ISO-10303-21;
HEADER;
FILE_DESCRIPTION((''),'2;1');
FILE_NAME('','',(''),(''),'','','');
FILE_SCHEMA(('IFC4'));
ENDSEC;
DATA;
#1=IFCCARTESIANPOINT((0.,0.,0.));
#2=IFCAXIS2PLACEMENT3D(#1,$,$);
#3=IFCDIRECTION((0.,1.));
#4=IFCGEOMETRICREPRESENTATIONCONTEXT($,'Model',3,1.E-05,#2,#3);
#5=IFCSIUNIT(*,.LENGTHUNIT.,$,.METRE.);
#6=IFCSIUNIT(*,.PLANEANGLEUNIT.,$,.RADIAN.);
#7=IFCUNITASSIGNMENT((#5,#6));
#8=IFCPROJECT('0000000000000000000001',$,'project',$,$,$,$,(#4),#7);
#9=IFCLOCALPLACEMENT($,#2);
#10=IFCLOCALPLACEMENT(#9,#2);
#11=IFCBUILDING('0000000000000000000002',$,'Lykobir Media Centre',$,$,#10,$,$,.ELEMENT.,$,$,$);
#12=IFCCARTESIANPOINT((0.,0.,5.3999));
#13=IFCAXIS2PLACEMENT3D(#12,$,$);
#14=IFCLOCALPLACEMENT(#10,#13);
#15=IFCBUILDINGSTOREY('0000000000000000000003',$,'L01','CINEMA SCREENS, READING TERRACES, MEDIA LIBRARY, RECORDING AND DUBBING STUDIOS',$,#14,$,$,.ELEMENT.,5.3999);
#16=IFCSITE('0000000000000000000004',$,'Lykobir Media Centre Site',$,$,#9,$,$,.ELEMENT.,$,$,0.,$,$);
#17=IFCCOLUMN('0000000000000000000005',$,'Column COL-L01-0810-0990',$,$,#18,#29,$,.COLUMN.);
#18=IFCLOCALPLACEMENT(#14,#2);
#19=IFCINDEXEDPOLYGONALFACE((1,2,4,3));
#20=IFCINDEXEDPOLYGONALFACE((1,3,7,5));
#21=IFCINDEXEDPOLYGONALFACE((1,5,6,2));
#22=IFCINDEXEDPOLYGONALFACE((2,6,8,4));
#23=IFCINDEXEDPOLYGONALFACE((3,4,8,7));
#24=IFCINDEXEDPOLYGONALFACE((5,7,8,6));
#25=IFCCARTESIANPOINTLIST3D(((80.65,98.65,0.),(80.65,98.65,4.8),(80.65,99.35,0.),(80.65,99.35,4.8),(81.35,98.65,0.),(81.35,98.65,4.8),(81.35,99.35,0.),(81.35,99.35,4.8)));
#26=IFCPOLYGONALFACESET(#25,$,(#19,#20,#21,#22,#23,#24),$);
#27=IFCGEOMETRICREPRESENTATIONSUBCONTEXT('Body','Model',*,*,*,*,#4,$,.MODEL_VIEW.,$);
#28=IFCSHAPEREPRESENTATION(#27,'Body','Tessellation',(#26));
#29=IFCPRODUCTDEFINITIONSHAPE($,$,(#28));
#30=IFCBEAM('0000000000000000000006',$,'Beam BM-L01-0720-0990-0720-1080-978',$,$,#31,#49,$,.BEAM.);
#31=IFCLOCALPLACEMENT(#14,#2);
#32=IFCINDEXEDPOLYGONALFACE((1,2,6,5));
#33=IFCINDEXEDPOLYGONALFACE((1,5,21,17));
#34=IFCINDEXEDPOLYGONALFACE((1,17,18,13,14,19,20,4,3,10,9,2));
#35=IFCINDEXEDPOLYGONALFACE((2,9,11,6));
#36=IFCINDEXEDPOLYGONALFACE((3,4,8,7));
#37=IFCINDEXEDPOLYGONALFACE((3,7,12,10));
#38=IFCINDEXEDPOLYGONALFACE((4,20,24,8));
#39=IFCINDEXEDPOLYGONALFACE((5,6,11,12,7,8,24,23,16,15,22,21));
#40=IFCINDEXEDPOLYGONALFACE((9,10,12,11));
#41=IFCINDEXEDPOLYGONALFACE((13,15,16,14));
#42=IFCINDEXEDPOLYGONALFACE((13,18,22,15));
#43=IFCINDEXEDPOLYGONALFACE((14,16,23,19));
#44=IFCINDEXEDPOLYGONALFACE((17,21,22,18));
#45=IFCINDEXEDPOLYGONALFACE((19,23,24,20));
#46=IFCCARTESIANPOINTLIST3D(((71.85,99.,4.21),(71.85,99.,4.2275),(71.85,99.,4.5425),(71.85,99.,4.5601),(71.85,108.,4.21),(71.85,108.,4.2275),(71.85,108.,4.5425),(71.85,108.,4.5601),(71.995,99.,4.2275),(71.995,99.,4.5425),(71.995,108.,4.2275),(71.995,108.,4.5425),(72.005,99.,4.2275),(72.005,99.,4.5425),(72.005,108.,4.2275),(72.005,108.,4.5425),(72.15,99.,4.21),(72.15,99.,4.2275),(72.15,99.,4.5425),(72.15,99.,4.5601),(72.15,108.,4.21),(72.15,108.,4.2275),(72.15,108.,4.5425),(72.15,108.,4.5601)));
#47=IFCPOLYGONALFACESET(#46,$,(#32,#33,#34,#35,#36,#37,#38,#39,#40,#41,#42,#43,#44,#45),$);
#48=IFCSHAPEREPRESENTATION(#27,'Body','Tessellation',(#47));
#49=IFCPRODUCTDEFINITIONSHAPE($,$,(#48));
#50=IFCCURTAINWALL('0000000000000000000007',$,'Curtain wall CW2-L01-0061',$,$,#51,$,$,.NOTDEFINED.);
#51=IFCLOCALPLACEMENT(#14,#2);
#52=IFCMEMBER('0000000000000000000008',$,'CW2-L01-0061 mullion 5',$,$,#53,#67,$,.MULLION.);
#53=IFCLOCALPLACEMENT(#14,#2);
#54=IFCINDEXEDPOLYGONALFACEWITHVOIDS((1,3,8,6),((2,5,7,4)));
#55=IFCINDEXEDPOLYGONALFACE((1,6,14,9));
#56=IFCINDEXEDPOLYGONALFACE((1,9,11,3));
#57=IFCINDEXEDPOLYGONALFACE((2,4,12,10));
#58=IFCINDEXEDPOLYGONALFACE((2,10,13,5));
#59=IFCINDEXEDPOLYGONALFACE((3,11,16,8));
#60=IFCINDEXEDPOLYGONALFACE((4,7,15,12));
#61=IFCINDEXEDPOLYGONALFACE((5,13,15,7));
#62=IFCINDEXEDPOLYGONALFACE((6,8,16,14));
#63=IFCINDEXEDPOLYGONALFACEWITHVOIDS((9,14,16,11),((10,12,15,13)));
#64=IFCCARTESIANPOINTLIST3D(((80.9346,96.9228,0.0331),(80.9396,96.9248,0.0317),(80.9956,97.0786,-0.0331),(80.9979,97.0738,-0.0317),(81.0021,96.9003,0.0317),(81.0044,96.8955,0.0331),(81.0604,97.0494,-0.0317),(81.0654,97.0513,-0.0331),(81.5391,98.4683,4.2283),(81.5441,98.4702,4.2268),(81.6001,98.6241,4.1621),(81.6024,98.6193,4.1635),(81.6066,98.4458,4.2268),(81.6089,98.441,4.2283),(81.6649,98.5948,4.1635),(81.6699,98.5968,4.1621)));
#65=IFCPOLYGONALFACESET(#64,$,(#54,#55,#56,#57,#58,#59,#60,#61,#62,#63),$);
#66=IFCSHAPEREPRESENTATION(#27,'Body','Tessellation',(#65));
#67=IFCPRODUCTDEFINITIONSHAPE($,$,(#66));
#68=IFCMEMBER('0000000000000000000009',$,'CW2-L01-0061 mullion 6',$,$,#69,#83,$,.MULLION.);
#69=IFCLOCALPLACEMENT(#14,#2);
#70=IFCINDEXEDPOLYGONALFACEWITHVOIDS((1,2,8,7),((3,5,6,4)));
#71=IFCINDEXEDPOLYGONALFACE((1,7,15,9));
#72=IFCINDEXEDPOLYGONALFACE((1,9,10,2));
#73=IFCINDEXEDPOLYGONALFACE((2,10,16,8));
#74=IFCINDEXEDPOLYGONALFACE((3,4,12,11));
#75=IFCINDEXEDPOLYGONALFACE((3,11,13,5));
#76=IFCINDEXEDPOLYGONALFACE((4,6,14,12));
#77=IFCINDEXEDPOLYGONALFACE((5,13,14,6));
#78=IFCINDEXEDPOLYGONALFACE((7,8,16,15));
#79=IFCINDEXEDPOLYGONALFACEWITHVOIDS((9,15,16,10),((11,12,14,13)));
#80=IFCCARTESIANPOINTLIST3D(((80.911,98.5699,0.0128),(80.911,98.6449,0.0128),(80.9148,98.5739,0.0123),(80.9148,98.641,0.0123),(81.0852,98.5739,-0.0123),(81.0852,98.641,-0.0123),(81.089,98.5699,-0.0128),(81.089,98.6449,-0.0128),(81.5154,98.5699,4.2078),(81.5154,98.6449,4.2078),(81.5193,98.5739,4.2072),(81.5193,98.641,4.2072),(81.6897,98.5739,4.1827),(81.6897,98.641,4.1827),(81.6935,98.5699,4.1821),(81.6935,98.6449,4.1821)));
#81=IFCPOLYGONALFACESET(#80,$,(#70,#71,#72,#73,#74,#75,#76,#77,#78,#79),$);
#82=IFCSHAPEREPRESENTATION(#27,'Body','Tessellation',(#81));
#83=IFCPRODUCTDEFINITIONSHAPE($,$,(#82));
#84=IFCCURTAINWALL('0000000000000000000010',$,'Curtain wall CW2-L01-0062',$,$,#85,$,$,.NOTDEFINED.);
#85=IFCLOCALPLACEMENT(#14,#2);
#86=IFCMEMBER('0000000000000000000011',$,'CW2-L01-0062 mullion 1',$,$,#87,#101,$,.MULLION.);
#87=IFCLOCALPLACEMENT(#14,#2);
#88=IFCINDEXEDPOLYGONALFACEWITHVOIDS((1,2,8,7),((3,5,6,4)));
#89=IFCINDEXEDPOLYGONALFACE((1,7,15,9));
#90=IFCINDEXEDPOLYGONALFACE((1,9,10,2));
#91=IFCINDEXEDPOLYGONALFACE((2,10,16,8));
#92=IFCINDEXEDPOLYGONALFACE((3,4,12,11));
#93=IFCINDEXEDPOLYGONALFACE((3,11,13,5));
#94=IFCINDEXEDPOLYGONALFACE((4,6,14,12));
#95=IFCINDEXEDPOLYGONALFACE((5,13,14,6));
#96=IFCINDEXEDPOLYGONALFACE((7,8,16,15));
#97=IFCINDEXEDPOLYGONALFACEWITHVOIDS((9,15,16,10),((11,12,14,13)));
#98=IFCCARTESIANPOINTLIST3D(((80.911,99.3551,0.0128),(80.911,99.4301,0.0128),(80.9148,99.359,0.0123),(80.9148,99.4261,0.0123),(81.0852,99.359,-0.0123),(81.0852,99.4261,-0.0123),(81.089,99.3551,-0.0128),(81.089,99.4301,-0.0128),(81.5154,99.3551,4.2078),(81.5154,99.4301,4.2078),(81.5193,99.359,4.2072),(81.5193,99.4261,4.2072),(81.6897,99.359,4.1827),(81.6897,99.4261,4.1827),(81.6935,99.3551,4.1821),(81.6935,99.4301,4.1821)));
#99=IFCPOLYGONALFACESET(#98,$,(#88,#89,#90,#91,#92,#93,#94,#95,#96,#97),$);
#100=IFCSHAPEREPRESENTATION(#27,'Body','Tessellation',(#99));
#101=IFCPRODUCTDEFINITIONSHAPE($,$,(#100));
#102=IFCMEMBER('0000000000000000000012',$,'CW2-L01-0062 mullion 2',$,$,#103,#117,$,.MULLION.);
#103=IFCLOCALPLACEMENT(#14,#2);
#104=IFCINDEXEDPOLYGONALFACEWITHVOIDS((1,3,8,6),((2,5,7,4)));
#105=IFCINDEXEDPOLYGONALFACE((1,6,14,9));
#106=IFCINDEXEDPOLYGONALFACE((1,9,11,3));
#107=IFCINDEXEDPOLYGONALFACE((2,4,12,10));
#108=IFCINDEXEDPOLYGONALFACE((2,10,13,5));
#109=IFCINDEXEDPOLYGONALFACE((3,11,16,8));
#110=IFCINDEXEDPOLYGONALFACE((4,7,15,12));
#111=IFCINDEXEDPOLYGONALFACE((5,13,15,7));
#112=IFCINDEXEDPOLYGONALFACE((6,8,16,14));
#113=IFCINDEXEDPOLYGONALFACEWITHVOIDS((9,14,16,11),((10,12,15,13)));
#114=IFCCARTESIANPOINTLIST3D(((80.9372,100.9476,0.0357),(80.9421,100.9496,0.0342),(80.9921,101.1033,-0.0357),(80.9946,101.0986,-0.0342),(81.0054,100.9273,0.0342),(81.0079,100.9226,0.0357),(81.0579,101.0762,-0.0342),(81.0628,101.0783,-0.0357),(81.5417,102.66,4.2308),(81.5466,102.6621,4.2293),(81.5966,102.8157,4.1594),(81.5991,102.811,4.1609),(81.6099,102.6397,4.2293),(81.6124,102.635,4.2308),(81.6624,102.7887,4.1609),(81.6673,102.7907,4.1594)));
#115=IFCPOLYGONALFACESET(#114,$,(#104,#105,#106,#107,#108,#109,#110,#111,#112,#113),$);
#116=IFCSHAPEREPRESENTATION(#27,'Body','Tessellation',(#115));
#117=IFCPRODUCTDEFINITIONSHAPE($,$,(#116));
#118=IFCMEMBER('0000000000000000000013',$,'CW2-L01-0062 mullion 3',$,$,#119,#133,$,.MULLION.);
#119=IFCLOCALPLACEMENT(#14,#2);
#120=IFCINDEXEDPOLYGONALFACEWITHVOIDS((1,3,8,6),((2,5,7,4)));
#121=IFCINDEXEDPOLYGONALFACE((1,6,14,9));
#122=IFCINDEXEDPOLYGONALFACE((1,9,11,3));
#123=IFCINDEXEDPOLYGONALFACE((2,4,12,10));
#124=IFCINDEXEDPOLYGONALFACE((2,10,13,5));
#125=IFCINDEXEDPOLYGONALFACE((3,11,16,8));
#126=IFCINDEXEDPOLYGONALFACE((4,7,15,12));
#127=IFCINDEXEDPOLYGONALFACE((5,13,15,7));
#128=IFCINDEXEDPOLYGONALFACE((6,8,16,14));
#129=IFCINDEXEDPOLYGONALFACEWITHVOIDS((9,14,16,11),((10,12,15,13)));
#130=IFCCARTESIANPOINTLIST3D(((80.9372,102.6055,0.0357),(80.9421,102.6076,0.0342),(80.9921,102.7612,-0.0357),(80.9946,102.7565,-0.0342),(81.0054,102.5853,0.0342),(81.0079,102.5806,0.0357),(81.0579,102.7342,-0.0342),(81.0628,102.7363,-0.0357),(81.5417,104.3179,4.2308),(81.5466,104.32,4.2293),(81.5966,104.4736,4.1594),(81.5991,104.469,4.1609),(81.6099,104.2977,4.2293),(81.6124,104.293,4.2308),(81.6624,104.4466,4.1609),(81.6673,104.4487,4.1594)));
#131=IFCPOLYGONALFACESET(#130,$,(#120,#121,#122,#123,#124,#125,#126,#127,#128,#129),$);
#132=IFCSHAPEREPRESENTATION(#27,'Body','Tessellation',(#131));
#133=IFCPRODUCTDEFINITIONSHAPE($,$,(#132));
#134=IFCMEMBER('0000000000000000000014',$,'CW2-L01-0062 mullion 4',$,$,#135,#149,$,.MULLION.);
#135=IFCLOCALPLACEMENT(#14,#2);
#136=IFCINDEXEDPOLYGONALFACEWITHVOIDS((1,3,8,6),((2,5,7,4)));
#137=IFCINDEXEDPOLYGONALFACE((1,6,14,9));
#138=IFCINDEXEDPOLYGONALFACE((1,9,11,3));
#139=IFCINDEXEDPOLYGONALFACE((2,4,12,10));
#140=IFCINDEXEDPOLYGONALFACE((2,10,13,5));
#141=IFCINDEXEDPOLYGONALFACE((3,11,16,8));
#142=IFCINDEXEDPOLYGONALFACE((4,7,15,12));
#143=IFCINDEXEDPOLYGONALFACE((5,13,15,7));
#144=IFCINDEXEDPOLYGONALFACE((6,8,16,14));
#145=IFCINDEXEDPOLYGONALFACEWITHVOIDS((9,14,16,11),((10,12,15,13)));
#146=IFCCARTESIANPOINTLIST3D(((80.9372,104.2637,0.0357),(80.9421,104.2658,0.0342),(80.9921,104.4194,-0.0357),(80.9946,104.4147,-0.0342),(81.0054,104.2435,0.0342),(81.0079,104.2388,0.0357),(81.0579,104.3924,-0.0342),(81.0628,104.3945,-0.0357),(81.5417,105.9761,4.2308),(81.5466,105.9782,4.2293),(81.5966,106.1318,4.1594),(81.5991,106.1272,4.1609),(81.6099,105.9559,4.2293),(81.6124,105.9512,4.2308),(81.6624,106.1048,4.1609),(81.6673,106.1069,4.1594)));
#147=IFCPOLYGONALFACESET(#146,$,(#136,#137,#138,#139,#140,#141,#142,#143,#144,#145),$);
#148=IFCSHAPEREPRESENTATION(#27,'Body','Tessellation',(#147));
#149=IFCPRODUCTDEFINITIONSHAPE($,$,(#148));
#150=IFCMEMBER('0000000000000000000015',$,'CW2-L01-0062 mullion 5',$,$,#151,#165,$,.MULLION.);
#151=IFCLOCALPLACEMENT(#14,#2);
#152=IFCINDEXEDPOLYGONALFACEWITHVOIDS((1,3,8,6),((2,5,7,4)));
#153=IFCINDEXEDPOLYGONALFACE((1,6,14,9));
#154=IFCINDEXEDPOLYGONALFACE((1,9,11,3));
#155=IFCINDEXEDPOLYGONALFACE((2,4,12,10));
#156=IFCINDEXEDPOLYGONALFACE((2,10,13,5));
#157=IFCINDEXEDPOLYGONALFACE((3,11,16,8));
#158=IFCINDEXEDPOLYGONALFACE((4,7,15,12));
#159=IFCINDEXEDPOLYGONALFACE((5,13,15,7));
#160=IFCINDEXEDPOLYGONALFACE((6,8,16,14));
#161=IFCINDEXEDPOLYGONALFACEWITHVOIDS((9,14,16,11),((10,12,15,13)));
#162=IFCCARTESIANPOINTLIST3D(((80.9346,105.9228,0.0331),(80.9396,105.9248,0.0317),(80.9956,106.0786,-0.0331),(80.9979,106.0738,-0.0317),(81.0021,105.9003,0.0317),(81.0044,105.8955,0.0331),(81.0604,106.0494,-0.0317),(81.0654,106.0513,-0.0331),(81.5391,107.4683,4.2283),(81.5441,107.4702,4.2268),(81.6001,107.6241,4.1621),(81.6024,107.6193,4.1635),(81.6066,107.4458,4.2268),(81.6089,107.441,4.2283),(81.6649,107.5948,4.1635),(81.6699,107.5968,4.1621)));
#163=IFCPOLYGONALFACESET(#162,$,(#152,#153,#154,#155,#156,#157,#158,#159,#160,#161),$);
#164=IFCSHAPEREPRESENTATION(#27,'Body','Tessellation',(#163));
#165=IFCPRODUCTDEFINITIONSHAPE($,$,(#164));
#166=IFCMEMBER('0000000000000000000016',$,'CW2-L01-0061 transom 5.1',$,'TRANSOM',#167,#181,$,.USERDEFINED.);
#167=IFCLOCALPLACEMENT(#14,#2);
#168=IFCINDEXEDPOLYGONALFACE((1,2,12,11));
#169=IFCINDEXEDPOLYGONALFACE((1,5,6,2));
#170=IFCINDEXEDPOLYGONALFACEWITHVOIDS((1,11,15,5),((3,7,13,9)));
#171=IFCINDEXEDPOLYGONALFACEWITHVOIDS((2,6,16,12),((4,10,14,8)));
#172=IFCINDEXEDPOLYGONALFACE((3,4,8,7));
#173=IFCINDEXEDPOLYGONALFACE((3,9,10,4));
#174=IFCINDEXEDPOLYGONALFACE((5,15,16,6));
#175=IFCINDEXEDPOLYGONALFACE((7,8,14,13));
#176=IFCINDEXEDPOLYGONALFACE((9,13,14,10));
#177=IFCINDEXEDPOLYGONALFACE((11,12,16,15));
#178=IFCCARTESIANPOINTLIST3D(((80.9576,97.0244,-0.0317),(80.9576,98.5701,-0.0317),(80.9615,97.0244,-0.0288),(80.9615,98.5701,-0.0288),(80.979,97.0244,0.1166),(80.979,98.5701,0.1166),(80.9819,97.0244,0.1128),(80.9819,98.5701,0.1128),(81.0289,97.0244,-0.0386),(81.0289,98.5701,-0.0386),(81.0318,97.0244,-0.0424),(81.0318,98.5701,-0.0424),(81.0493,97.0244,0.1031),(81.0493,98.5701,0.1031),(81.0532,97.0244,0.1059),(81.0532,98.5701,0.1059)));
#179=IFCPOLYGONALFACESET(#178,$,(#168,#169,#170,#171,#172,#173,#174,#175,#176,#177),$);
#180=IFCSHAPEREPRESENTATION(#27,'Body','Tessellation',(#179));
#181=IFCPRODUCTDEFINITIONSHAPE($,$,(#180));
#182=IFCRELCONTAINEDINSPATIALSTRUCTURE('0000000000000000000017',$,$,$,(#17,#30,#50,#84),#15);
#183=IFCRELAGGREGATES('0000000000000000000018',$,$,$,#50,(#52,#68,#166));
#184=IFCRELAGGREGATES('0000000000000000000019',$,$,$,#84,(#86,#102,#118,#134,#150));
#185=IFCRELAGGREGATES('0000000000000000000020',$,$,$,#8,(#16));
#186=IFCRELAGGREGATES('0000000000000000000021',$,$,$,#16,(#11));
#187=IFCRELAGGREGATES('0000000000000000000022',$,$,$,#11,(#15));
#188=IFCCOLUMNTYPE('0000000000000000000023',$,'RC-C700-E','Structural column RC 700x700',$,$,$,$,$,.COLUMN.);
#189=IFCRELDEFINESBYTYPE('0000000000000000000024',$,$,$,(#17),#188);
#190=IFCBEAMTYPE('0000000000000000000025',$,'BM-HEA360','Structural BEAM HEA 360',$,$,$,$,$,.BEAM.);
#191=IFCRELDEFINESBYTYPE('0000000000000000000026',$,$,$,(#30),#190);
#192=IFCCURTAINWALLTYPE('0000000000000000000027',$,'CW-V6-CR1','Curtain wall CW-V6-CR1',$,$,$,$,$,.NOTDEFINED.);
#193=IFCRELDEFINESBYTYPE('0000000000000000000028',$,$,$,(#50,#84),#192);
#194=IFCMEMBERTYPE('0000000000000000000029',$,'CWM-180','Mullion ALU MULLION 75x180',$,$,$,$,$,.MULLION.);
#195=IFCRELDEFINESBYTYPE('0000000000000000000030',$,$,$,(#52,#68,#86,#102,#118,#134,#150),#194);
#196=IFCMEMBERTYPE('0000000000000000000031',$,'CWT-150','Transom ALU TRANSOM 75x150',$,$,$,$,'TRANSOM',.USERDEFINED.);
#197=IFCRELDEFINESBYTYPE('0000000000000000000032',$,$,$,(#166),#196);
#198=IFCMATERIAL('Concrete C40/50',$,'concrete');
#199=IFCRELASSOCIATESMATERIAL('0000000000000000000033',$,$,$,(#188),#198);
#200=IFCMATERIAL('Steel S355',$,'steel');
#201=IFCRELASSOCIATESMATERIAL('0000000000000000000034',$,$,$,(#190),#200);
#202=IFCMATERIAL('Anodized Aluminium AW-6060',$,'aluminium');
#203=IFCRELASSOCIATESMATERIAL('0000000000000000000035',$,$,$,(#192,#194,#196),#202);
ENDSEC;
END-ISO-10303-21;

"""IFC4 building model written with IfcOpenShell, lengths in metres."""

from ifc_helpers import new_model, si_unit, direction, frame, origin, origin_2d, place, context, subcontext, project, spatial, rectangle, hollow_rectangle, i_section, extrude, material, material_profile, profile_set, type_object, element, aggregate, save


model = new_model("IFC4")

# Units and contexts
model_context = context("Model", 3, precision=1e-05, world=origin(), true_north=direction((0.0, 1.0)))
body_context = subcontext(model_context, "Body", "Model", "MODEL_VIEW")
ifc_project = project(units=[si_unit("LENGTHUNIT", "METRE"), si_unit("PLANEANGLEUNIT", "RADIAN")], contexts=[model_context])

# Site, building, storey
site_placement = place(None, origin())
site = spatial("IfcSite", under=ifc_project, at=site_placement, Name="Lykobir Media Centre Site", CompositionType="ELEMENT", RefElevation=0.0)
building_placement = place(site_placement, origin())
building = spatial("IfcBuilding", under=site, at=building_placement, Name="Lykobir Media Centre", CompositionType="ELEMENT")
storey_placement = place(building_placement, frame((0.0, 0.0, 5.3999)))
storey = spatial("IfcBuildingStorey", under=building, at=storey_placement, Name="L01", Description="CINEMA SCREENS, READING TERRACES, MEDIA LIBRARY, RECORDING AND DUBBING STUDIOS", CompositionType="ELEMENT", Elevation=5.3999)

# Column
ifc_material_1 = material(Name="Concrete C40/50", Category="concrete")
ifc_material_profile_1 = material_profile(ifc_material_1, rectangle(XDim=0.7, YDim=0.7, at=origin_2d()), Name="RC 700x700")
ifc_profile_set_1 = profile_set([ifc_material_profile_1], Name="Concrete C40/50")
column_type = type_object("IfcColumnType", Name="RC-C700-E", Description="Structural column RC 700x700", PredefinedType="COLUMN", material=ifc_profile_set_1)
column_placement = place(storey_placement, frame((81.0, 99.0, 0.0), z_axis=(0.0, 0.0, 1.0), x_axis=(1.0, 0.0, 0.0)))
element("IfcColumn", 1, at=column_placement, inside=storey, type_object=column_type, Name="Column COL-L01-0810-0990", PredefinedType="COLUMN", context=body_context, shape_type="SweptSolid", body=[
    extrude(rectangle(XDim=0.7, YDim=0.7, at=origin_2d()), origin(), (0.0, 0.0, 1.0), 4.8),
])

# Beam
ifc_material_2 = material(Name="Steel S355", Category="steel")
ifc_material_profile_2 = material_profile(ifc_material_2, i_section(OverallWidth=0.3, OverallDepth=0.3501, WebThickness=0.01, FlangeThickness=0.0176, at=origin_2d()), Name="HEA 360")
ifc_profile_set_2 = profile_set([ifc_material_profile_2], Name="Steel S355")
beam_type_1 = type_object("IfcBeamType", Name="BM-HEA360", Description="Structural BEAM HEA 360", PredefinedType="BEAM", material=ifc_profile_set_2)
beam_1_placement = place(storey_placement, frame((72.0, 99.0, 4.385), z_axis=(0.0, 1.0, 0.0), x_axis=(-1.0, 0.0, 0.0)))
element("IfcBeam", 2, at=beam_1_placement, inside=storey, type_object=beam_type_1, Name="Beam BM-L01-0720-0990-0720-1080-978", PredefinedType="BEAM", context=body_context, shape_type="SweptSolid", body=[
    extrude(i_section(OverallWidth=0.3, OverallDepth=0.3501, WebThickness=0.01, FlangeThickness=0.0176, at=origin_2d()), origin(), (0.0, 0.0, 1.0), 9.0),
])

# Curtain walls, members
ifc_material_3 = material(Name="Anodized Aluminium AW-6060", Category="aluminium")
curtain_wall_type = type_object("IfcCurtainWallType", Name="CW-V6-CR1", Description="Curtain wall CW-V6-CR1", PredefinedType="NOTDEFINED", material=ifc_material_3)
curtain_wall_1_placement = place(storey_placement, origin())
curtain_wall_1 = element("IfcCurtainWall", 3, at=curtain_wall_1_placement, inside=storey, type_object=curtain_wall_type, Name="Curtain wall CW2-L01-0061", PredefinedType="NOTDEFINED")
ifc_material_profile_3 = material_profile(ifc_material_3, hollow_rectangle(XDim=0.075, YDim=0.1799, WallThickness=0.0039, at=origin_2d()), Name="ALU MULLION 75x180")
ifc_profile_set_3 = profile_set([ifc_material_profile_3], Name="Anodized Aluminium AW-6060")
member_type_1 = type_object("IfcMemberType", Name="CWM-180", Description="Mullion ALU MULLION 75x180", PredefinedType="MULLION", material=ifc_profile_set_3)
member_1_placement = place(storey_placement, frame((81.0, 96.9871, 0.0), z_axis=(0.133994, 0.34256, 0.929891), x_axis=(0.931291, -0.364277, 0.0)))
member_1 = element("IfcMember", 4, at=member_1_placement, type_object=member_type_1, Name="CW2-L01-0061 mullion 5", PredefinedType="MULLION", context=body_context, shape_type="SweptSolid", body=[
    extrude(hollow_rectangle(XDim=0.075, YDim=0.1799, WallThickness=0.0039, at=origin_2d()), origin(), (0.0, 0.0, 1.0), 4.5115),
])
member_2_placement = place(storey_placement, frame((81.0, 98.6074, 0.0), z_axis=(0.142623, 0.0, 0.989777), x_axis=(0.0, -1.0, 0.0)))
member_2 = element("IfcMember", 5, at=member_2_placement, type_object=member_type_1, Name="CW2-L01-0061 mullion 6", PredefinedType="MULLION", context=body_context, shape_type="SweptSolid", body=[
    extrude(hollow_rectangle(XDim=0.075, YDim=0.1799, WallThickness=0.0039, at=origin_2d()), origin(), (0.0, 0.0, 1.0), 4.2383),
])
curtain_wall_2_placement = place(storey_placement, origin())
curtain_wall_2 = element("IfcCurtainWall", 6, at=curtain_wall_2_placement, inside=storey, type_object=curtain_wall_type, Name="Curtain wall CW2-L01-0062", PredefinedType="NOTDEFINED")
member_3_placement = place(storey_placement, frame((81.0, 99.3926, 0.0), z_axis=(0.142623, 0.0, 0.989777), x_axis=(0.0, -1.0, 0.0)))
member_3 = element("IfcMember", 7, at=member_3_placement, type_object=member_type_1, Name="CW2-L01-0062 mullion 1", PredefinedType="MULLION", context=body_context, shape_type="SweptSolid", body=[
    extrude(hollow_rectangle(XDim=0.075, YDim=0.1799, WallThickness=0.0039, at=origin_2d()), origin(), (0.0, 0.0, 1.0), 4.2383),
])
member_4_placement = place(storey_placement, frame((81.0, 101.0129, 0.0), z_axis=(0.132238, 0.374603, 0.917707), x_axis=(0.94297, -0.332876, 0.0)))
member_4 = element("IfcMember", 8, at=member_4_placement, type_object=member_type_1, Name="CW2-L01-0062 mullion 2", PredefinedType="MULLION", context=body_context, shape_type="SweptSolid", body=[
    extrude(hollow_rectangle(XDim=0.075, YDim=0.1799, WallThickness=0.0039, at=origin_2d()), origin(), (0.0, 0.0, 1.0), 4.5713),
])
member_5_placement = place(storey_placement, frame((81.0, 102.6709, 0.0), z_axis=(0.132238, 0.374603, 0.917707), x_axis=(0.94297, -0.332876, 0.0)))
member_5 = element("IfcMember", 9, at=member_5_placement, type_object=member_type_1, Name="CW2-L01-0062 mullion 3", PredefinedType="MULLION", context=body_context, shape_type="SweptSolid", body=[
    extrude(hollow_rectangle(XDim=0.075, YDim=0.1799, WallThickness=0.0039, at=origin_2d()), origin(), (0.0, 0.0, 1.0), 4.5713),
])
member_6_placement = place(storey_placement, frame((81.0, 104.3291, 0.0), z_axis=(0.132238, 0.374603, 0.917707), x_axis=(0.94297, -0.332876, 0.0)))
member_6 = element("IfcMember", 10, at=member_6_placement, type_object=member_type_1, Name="CW2-L01-0062 mullion 4", PredefinedType="MULLION", context=body_context, shape_type="SweptSolid", body=[
    extrude(hollow_rectangle(XDim=0.075, YDim=0.1799, WallThickness=0.0039, at=origin_2d()), origin(), (0.0, 0.0, 1.0), 4.5713),
])
member_7_placement = place(storey_placement, frame((81.0, 105.9871, 0.0), z_axis=(0.133994, 0.34256, 0.929891), x_axis=(0.931291, -0.364277, 0.0)))
member_7 = element("IfcMember", 11, at=member_7_placement, type_object=member_type_1, Name="CW2-L01-0062 mullion 5", PredefinedType="MULLION", context=body_context, shape_type="SweptSolid", body=[
    extrude(hollow_rectangle(XDim=0.075, YDim=0.1799, WallThickness=0.0039, at=origin_2d()), origin(), (0.0, 0.0, 1.0), 4.5115),
])

# Member
ifc_material_profile_4 = material_profile(ifc_material_3, hollow_rectangle(XDim=0.075, YDim=0.1499, WallThickness=0.0034, at=origin_2d()), Name="ALU TRANSOM 75x150")
ifc_profile_set_4 = profile_set([ifc_material_profile_4], Name="Anodized Aluminium AW-6060")
member_type_2 = type_object("IfcMemberType", Name="CWT-150", Description="Transom ALU TRANSOM 75x150", ElementType="TRANSOM", PredefinedType="USERDEFINED", material=ifc_profile_set_4)
member_8_placement = place(storey_placement, frame((81.0054, 97.0244, 0.0371), z_axis=(0.0, 1.0, 0.0), x_axis=(-0.989776, 0.0, 0.142629)))
member_8 = element("IfcMember", 12, at=member_8_placement, type_object=member_type_2, Name="CW2-L01-0061 transom 5.1", ObjectType="TRANSOM", PredefinedType="USERDEFINED", context=body_context, shape_type="SweptSolid", body=[
    extrude(hollow_rectangle(XDim=0.075, YDim=0.1499, WallThickness=0.0034, at=origin_2d()), origin(), (0.0, 0.0, 1.0), 1.5457),
])

aggregate(curtain_wall_1, [member_1, member_2, member_8])
aggregate(curtain_wall_2, [member_3, member_4, member_5, member_6, member_7])

save(model, "model.ifc")
